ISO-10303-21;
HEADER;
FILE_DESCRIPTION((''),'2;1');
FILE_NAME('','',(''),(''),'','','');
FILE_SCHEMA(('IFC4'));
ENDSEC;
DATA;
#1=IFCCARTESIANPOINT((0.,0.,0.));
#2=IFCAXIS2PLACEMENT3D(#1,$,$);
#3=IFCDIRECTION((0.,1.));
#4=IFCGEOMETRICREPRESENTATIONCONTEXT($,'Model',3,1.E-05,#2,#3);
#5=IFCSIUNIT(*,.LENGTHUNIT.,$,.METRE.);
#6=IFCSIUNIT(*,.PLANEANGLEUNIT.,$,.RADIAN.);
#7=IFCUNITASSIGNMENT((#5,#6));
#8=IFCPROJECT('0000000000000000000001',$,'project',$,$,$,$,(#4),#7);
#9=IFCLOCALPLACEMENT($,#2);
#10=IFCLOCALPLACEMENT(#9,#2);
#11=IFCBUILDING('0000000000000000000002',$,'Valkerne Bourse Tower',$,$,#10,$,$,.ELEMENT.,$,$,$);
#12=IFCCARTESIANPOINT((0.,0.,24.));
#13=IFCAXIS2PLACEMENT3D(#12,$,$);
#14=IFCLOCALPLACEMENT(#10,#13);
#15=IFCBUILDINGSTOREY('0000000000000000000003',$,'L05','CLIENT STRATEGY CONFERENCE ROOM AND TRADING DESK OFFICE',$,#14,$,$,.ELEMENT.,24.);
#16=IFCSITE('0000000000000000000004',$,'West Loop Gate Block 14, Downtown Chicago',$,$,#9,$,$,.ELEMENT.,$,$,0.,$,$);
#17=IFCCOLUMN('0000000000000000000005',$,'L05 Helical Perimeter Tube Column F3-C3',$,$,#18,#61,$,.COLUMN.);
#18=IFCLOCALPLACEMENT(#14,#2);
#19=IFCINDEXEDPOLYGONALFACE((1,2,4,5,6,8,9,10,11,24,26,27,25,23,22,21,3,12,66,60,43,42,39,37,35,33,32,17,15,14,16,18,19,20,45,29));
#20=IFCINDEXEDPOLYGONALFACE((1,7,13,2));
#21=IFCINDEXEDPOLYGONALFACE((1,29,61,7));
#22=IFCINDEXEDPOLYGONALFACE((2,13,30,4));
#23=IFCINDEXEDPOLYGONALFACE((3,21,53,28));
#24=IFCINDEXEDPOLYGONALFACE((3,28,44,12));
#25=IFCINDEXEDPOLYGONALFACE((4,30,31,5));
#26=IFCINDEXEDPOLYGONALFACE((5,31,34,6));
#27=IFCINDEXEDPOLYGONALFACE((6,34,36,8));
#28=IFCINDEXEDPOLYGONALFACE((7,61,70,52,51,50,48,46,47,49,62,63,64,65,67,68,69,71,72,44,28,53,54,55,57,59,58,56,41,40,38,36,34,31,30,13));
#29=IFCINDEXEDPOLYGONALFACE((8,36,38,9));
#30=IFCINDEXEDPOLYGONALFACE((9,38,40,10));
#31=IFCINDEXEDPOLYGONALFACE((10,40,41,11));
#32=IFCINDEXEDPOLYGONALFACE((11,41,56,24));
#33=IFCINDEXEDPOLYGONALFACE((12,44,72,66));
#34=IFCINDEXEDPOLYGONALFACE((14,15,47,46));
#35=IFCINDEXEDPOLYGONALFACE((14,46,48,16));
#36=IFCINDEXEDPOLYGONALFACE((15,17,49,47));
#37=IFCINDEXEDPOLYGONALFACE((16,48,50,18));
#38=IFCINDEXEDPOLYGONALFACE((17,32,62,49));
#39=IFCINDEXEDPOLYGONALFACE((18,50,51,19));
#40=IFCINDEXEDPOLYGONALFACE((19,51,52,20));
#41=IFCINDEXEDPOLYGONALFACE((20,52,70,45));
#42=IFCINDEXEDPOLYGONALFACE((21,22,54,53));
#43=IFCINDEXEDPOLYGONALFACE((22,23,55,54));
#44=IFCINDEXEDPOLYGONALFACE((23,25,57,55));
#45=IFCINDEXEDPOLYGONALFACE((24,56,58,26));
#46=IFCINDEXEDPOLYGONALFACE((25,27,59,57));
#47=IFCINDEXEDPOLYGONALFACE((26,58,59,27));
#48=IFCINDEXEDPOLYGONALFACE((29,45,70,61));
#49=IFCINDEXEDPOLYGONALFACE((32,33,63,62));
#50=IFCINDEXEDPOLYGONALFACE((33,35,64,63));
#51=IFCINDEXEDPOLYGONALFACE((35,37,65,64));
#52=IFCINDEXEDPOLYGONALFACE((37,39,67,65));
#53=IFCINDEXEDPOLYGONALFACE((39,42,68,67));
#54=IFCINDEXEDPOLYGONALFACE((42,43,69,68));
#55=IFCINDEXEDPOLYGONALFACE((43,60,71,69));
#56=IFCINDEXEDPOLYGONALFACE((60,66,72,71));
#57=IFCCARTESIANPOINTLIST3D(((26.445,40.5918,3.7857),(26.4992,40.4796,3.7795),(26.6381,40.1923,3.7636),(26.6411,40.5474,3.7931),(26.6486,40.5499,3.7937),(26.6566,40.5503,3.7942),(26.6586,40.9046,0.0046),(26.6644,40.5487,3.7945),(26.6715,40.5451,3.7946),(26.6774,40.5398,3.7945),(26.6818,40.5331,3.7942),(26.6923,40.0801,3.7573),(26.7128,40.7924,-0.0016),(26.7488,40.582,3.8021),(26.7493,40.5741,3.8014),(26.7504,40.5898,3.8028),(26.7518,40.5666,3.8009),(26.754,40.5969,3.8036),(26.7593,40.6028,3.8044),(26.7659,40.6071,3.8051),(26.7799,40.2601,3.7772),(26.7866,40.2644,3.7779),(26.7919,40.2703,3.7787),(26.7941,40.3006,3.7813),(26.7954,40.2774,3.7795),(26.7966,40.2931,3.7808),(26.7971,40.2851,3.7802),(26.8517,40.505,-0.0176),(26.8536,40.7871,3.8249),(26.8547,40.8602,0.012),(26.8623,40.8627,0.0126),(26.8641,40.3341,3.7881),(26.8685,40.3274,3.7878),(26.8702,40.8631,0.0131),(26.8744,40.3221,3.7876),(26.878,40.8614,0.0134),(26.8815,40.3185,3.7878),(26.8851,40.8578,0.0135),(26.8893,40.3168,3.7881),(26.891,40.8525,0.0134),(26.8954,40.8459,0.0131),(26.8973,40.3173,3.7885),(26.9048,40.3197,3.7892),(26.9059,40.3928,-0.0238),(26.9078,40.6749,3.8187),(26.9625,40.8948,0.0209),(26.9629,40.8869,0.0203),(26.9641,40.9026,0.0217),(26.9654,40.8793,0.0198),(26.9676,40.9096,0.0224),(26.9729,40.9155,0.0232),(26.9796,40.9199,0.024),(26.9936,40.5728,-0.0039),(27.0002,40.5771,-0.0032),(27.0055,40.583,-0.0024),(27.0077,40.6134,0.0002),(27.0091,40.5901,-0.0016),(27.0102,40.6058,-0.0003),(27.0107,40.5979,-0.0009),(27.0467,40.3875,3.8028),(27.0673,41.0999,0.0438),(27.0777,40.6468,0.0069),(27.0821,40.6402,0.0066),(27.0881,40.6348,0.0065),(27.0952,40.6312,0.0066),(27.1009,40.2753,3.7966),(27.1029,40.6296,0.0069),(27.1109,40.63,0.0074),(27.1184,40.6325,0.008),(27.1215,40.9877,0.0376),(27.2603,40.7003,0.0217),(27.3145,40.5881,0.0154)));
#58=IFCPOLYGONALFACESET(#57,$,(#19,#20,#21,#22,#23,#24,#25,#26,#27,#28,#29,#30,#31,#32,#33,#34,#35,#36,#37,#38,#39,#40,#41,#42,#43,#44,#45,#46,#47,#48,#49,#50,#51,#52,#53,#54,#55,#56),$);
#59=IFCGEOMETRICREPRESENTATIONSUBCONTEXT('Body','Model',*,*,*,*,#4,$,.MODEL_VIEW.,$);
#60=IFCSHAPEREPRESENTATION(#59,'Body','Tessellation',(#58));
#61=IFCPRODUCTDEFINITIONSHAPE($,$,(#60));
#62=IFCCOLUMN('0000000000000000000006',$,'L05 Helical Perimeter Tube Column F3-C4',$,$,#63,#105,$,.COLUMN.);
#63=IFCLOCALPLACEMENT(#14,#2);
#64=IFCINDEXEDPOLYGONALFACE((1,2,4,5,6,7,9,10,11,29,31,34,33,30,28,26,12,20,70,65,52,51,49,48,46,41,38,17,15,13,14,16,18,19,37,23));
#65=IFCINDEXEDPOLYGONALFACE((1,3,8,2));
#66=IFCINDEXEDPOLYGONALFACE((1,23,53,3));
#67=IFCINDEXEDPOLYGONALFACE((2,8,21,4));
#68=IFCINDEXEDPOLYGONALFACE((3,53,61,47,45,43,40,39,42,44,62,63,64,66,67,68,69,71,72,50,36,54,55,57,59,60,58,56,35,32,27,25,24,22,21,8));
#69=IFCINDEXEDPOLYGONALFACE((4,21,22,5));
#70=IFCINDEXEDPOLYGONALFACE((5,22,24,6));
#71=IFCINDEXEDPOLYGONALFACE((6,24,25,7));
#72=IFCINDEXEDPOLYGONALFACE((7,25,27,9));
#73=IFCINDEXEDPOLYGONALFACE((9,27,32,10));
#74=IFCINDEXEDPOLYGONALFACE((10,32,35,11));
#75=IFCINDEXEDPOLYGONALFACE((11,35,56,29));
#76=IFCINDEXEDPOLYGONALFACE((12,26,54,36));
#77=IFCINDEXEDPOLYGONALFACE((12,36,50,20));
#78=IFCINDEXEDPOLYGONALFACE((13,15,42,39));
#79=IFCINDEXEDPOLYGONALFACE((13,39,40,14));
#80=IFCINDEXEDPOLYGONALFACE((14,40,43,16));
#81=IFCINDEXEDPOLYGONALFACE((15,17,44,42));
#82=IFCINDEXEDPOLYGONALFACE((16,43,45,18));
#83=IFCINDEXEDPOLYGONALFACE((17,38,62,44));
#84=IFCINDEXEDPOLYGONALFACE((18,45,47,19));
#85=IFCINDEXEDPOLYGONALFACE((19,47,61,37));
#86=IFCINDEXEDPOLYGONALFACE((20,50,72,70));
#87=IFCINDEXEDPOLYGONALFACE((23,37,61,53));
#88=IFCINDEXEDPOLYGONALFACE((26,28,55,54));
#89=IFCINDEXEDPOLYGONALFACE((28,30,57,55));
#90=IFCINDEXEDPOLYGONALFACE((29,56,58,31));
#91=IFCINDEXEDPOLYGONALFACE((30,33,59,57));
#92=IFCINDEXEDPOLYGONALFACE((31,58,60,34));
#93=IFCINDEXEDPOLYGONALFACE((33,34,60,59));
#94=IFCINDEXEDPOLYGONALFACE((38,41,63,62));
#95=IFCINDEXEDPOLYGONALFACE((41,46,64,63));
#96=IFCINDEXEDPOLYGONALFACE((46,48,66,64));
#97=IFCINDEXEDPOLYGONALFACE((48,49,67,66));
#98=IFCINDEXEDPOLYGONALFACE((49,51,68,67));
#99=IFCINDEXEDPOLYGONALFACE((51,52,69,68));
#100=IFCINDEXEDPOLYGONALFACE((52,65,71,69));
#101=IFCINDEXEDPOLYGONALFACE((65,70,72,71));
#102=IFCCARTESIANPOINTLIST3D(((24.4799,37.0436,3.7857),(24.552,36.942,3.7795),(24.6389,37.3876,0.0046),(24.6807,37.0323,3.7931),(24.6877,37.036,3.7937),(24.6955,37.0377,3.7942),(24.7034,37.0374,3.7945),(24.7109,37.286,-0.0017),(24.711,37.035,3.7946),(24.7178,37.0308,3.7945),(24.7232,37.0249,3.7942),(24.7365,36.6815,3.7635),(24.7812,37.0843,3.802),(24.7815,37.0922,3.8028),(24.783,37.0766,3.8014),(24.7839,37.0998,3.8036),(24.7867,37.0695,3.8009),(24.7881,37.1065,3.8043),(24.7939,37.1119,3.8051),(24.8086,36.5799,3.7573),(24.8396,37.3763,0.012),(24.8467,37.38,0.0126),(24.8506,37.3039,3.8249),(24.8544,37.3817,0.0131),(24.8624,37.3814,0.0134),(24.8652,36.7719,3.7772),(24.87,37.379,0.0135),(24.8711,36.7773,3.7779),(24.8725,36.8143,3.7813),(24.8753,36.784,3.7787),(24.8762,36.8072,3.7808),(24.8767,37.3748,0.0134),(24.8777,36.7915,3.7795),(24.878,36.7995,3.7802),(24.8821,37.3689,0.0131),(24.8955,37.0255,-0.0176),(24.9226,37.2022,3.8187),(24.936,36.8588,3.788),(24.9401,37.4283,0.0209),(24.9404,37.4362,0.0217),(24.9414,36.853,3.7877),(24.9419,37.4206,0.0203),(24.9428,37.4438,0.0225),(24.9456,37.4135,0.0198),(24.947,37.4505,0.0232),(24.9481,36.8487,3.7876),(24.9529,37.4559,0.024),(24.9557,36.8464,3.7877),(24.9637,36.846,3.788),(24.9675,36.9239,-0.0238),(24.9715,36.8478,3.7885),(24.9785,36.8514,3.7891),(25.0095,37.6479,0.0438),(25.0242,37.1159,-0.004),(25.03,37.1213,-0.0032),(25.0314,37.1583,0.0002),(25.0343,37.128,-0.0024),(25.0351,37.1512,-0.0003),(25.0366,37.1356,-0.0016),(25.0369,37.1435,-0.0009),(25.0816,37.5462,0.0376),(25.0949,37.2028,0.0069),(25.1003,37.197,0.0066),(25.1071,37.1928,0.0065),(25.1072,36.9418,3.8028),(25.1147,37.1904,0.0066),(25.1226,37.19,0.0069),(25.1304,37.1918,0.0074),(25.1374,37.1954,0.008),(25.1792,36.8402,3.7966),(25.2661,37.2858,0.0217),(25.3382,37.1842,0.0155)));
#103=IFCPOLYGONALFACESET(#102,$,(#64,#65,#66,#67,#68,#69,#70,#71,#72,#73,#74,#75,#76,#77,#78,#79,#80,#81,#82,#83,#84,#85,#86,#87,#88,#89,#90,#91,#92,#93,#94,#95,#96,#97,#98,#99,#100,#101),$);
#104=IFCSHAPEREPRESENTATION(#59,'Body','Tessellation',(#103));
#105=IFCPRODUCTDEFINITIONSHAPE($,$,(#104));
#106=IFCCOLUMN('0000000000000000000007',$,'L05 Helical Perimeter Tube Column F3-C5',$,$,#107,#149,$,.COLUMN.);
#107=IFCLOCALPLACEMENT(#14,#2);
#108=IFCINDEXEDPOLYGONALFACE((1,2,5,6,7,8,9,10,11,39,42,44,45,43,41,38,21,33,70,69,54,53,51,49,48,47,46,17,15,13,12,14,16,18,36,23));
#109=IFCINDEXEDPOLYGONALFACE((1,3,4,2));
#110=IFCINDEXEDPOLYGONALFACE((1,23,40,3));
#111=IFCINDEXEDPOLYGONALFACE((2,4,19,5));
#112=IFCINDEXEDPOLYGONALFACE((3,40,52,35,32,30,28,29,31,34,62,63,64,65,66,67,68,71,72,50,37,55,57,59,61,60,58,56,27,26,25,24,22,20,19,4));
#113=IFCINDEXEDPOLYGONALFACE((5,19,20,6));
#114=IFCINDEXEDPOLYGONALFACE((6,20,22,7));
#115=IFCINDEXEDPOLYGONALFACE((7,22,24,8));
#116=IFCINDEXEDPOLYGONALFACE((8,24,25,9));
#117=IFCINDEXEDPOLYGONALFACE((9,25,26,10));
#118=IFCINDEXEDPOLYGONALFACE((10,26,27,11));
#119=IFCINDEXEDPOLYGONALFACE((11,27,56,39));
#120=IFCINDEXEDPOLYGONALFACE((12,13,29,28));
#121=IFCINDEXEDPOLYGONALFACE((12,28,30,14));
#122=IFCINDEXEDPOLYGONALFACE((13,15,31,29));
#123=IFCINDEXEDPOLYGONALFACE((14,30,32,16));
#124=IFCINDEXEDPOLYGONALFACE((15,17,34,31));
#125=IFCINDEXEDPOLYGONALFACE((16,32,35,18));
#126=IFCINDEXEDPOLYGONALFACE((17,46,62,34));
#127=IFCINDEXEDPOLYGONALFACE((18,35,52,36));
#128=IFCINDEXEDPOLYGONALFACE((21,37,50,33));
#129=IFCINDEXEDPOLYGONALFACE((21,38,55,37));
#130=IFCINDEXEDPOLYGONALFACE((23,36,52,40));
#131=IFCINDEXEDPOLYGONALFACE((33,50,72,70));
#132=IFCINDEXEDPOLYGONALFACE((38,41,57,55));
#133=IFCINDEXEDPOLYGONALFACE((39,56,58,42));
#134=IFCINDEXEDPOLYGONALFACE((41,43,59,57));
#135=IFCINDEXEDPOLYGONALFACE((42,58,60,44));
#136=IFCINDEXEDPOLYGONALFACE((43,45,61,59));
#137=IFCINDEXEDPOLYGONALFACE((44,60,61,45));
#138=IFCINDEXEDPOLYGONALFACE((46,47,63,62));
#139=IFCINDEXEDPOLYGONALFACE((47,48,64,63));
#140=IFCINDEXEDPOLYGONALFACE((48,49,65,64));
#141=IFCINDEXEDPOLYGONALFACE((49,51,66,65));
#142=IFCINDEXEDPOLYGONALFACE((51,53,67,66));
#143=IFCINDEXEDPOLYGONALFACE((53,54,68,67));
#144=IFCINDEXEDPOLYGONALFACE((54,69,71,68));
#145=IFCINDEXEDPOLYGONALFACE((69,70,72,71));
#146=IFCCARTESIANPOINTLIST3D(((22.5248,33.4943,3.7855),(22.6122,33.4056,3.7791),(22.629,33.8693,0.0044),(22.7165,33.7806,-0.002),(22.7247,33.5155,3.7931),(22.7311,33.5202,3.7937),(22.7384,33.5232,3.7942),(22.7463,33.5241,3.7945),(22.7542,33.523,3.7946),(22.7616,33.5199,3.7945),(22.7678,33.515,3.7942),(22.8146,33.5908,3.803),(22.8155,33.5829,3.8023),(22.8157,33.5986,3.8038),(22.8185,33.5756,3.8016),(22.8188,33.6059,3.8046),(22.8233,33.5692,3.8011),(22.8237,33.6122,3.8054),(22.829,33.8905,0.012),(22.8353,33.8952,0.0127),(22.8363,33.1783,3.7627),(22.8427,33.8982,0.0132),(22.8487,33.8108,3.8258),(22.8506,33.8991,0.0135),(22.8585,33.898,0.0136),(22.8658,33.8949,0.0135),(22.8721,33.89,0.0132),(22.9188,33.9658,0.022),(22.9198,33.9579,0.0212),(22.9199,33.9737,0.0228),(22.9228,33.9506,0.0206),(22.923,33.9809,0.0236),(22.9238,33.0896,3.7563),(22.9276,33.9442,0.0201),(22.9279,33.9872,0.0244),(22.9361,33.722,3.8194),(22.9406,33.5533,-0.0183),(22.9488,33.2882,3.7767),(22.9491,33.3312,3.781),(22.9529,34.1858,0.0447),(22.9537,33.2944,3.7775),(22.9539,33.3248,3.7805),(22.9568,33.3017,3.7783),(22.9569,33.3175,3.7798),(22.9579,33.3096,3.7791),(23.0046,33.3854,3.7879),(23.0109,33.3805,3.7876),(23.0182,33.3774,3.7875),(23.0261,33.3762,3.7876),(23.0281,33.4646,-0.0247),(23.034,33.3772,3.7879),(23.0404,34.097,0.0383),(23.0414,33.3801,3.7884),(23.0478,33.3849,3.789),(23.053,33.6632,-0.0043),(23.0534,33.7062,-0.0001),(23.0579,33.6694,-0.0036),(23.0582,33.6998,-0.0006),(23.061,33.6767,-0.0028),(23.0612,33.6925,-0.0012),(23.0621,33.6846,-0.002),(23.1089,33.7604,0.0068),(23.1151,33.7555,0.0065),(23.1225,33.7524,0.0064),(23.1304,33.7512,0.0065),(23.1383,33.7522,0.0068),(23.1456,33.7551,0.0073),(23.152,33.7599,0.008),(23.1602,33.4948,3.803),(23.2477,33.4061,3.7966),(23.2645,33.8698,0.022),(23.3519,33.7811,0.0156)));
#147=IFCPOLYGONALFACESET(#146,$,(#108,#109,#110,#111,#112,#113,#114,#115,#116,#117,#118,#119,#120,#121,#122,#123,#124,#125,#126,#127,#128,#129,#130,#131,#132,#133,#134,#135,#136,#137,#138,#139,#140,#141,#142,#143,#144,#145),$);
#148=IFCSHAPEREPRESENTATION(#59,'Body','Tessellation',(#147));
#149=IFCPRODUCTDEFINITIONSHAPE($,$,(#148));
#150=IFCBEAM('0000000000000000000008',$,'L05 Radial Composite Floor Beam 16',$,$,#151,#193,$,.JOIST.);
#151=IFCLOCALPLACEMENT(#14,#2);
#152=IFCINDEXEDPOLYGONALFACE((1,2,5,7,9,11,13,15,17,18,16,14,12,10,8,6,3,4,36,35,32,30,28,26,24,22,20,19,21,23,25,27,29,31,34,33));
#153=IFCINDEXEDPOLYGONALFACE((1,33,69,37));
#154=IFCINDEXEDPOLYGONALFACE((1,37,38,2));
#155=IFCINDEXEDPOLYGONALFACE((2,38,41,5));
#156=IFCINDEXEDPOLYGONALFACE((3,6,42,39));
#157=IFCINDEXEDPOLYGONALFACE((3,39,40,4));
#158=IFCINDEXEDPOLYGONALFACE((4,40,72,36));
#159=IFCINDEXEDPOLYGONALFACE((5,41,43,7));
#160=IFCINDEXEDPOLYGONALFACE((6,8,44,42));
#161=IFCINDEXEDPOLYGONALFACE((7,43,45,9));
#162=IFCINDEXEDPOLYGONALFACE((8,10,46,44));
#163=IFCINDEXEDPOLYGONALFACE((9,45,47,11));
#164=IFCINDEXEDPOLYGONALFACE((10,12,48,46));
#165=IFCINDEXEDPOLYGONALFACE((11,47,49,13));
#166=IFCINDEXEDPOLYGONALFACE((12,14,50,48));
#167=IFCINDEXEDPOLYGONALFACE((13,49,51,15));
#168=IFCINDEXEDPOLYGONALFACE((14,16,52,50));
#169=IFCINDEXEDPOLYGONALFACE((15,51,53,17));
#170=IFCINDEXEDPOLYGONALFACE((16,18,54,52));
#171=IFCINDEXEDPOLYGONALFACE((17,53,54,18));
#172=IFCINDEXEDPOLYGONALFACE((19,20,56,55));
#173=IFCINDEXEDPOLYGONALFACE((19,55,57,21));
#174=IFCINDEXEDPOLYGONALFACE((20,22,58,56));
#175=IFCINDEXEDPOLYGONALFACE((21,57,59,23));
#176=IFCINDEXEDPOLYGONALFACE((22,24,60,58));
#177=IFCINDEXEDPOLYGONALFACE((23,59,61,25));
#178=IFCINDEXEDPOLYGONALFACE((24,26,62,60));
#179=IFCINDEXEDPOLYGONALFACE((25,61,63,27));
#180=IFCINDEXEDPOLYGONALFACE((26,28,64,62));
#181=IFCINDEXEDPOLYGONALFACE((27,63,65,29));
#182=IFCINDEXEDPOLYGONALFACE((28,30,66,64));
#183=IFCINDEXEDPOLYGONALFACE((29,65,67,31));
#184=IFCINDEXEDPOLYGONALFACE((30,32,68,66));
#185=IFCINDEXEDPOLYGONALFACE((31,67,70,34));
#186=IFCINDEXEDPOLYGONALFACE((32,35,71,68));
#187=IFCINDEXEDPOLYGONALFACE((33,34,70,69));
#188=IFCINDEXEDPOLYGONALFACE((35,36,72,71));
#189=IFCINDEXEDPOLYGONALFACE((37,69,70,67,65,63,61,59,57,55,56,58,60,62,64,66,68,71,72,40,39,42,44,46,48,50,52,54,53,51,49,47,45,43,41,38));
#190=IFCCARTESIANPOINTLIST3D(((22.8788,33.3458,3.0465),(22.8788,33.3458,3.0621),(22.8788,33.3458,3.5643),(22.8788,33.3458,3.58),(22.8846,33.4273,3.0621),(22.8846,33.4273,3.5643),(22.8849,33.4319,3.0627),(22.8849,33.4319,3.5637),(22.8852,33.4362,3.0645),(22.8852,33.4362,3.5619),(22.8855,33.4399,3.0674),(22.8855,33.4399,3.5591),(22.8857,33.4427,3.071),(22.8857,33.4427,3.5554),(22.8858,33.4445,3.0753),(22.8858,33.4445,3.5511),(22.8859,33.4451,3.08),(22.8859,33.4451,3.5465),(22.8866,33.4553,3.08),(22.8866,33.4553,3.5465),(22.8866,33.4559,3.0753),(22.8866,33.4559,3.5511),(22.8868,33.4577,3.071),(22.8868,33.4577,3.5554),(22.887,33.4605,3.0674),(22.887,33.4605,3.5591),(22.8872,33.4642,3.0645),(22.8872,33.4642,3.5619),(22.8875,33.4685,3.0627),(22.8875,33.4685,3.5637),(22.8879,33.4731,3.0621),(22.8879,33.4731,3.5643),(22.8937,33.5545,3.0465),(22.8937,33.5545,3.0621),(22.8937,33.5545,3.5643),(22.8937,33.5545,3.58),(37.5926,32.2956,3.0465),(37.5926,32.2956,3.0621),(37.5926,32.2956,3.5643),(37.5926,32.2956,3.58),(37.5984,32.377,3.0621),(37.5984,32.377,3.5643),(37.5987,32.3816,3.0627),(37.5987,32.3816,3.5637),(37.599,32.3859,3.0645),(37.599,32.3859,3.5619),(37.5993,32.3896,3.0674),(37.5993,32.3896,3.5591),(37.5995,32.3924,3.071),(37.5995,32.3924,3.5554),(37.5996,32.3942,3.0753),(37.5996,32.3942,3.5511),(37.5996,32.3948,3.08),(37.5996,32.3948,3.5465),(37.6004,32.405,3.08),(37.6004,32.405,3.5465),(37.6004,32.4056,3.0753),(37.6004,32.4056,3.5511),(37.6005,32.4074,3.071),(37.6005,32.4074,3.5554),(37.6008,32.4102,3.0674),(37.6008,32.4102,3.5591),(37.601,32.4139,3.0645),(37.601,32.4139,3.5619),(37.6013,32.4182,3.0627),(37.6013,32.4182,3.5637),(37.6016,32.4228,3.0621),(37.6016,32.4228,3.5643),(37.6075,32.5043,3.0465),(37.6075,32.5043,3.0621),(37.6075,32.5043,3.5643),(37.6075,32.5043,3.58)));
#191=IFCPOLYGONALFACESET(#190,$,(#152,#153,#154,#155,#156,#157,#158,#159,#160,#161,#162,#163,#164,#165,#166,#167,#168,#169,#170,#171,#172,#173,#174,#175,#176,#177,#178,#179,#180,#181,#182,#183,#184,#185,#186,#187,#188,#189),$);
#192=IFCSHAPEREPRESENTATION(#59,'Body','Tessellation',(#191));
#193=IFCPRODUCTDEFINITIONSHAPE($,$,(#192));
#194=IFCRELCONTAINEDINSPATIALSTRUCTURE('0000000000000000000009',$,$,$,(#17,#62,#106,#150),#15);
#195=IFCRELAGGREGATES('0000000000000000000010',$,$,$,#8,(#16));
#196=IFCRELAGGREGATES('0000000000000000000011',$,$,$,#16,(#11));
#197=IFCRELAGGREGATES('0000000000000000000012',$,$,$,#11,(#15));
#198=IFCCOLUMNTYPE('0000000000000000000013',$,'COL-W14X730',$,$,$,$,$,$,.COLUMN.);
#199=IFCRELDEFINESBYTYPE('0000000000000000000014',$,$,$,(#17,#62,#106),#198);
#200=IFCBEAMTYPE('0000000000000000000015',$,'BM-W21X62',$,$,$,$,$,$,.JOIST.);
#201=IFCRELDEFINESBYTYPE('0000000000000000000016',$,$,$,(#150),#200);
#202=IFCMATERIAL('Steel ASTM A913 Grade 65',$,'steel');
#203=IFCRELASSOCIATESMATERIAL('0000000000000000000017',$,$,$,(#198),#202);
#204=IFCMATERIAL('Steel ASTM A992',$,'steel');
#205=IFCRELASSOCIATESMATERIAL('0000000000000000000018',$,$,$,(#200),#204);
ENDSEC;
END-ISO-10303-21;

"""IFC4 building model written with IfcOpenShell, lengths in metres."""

from ifc_helpers import new_model, si_unit, direction, frame, origin, origin_2d, place, context, subcontext, project, spatial, i_section, extrude, material, material_profile, profile_set, type_object, element, save


model = new_model("IFC4")

# Units and contexts
model_context = context("Model", 3, precision=1e-05, world=origin(), true_north=direction((0.0, 1.0)))
body_context = subcontext(model_context, "Body", "Model", "MODEL_VIEW")
ifc_project = project(units=[si_unit("LENGTHUNIT", "METRE"), si_unit("PLANEANGLEUNIT", "RADIAN")], contexts=[model_context])

# Site, building, storey
site_placement = place(None, origin())
site = spatial("IfcSite", under=ifc_project, at=site_placement, Name="West Loop Gate Block 14, Downtown Chicago", CompositionType="ELEMENT", RefElevation=0.0)
building_placement = place(site_placement, origin())
building = spatial("IfcBuilding", under=site, at=building_placement, Name="Valkerne Bourse Tower", CompositionType="ELEMENT")
storey_placement = place(building_placement, frame((0.0, 0.0, 24.0)))
storey = spatial("IfcBuildingStorey", under=building, at=storey_placement, Name="L05", Description="CLIENT STRATEGY CONFERENCE ROOM AND TRADING DESK OFFICE", CompositionType="ELEMENT", Elevation=24.0)

# Columns
ifc_material_1 = material(Name="Steel ASTM A913 Grade 65", Category="steel")
ifc_material_profile_1 = material_profile(ifc_material_1, i_section(OverallWidth=0.4546, OverallDepth=0.5691, WebThickness=0.0779, FlangeThickness=0.1248, FilletRadius=0.0305, at=origin_2d()), Name="W14X730")
ifc_profile_set_1 = profile_set([ifc_material_profile_1], Name="Steel ASTM A913 Grade 65")
column_type = type_object("IfcColumnType", Name="COL-W14X730", PredefinedType="COLUMN", material=ifc_profile_set_1)
for number, where, z_axis, x_axis, name in (
    (1, (26.9866, 40.7463, 0.01), (-0.056218, -0.082303, 0.995021), (-0.898913, -0.429541, -0.086317), "L05 Helical Perimeter Tube Column F3-C3"),
    (2, (24.9885, 37.2859, 0.01), (-0.041826, -0.090526, 0.995015), (-0.815318, -0.572537, -0.086361), "L05 Helical Perimeter Tube Column F3-C4"),
):
    element("IfcColumn", number, at=place(storey_placement, frame(where, z_axis=z_axis, x_axis=x_axis)), inside=storey, type_object=column_type, Name=name, PredefinedType="COLUMN", context=body_context, shape_type="SweptSolid", body=[
        extrude(i_section(OverallWidth=0.4546, OverallDepth=0.5691, WebThickness=0.0779, FlangeThickness=0.1248, FilletRadius=0.0305, at=origin_2d()), origin(), (0.0, 0.0, 1.0), 3.8),
    ])
column_placement = place(storey_placement, frame((22.9905, 33.8252, 0.01), z_axis=(-0.027427, -0.098659, 0.994743), x_axis=(-0.712467, -0.696079, -0.088681)))
element("IfcColumn", 3, at=column_placement, inside=storey, type_object=column_type, Name="L05 Helical Perimeter Tube Column F3-C5", PredefinedType="COLUMN", context=body_context, shape_type="SweptSolid", body=[
    extrude(i_section(OverallWidth=0.4546, OverallDepth=0.5691, WebThickness=0.0779, FlangeThickness=0.1248, FilletRadius=0.0305, at=origin_2d()), origin(), (0.0, 0.0, 1.0), 3.801),
])

# Beam
ifc_material_2 = material(Name="Steel ASTM A992", Category="steel")
ifc_material_profile_2 = material_profile(ifc_material_2, i_section(OverallWidth=0.2092, OverallDepth=0.5334, WebThickness=0.0103, FlangeThickness=0.0156, FilletRadius=0.0178, at=origin_2d()), Name="W21X62")
ifc_profile_set_2 = profile_set([ifc_material_profile_2], Name="Steel ASTM A992")
beam_type_1 = type_object("IfcBeamType", Name="BM-W21X62", PredefinedType="JOIST", material=ifc_profile_set_2)
beam_1_placement = place(storey_placement, frame((22.8862, 33.4502, 3.3132), z_axis=(0.997462, -0.0712, 0.0), x_axis=(0.0712, 0.997462, 0.0)))
element("IfcBeam", 4, at=beam_1_placement, inside=storey, type_object=beam_type_1, Name="L05 Radial Composite Floor Beam 16", PredefinedType="JOIST", context=body_context, shape_type="SweptSolid", body=[
    extrude(i_section(OverallWidth=0.2092, OverallDepth=0.5334, WebThickness=0.0103, FlangeThickness=0.0156, FilletRadius=0.0178, at=origin_2d()), origin(), (0.0, 0.0, 1.0), 14.7512),
])

save(model, "model.ifc")
